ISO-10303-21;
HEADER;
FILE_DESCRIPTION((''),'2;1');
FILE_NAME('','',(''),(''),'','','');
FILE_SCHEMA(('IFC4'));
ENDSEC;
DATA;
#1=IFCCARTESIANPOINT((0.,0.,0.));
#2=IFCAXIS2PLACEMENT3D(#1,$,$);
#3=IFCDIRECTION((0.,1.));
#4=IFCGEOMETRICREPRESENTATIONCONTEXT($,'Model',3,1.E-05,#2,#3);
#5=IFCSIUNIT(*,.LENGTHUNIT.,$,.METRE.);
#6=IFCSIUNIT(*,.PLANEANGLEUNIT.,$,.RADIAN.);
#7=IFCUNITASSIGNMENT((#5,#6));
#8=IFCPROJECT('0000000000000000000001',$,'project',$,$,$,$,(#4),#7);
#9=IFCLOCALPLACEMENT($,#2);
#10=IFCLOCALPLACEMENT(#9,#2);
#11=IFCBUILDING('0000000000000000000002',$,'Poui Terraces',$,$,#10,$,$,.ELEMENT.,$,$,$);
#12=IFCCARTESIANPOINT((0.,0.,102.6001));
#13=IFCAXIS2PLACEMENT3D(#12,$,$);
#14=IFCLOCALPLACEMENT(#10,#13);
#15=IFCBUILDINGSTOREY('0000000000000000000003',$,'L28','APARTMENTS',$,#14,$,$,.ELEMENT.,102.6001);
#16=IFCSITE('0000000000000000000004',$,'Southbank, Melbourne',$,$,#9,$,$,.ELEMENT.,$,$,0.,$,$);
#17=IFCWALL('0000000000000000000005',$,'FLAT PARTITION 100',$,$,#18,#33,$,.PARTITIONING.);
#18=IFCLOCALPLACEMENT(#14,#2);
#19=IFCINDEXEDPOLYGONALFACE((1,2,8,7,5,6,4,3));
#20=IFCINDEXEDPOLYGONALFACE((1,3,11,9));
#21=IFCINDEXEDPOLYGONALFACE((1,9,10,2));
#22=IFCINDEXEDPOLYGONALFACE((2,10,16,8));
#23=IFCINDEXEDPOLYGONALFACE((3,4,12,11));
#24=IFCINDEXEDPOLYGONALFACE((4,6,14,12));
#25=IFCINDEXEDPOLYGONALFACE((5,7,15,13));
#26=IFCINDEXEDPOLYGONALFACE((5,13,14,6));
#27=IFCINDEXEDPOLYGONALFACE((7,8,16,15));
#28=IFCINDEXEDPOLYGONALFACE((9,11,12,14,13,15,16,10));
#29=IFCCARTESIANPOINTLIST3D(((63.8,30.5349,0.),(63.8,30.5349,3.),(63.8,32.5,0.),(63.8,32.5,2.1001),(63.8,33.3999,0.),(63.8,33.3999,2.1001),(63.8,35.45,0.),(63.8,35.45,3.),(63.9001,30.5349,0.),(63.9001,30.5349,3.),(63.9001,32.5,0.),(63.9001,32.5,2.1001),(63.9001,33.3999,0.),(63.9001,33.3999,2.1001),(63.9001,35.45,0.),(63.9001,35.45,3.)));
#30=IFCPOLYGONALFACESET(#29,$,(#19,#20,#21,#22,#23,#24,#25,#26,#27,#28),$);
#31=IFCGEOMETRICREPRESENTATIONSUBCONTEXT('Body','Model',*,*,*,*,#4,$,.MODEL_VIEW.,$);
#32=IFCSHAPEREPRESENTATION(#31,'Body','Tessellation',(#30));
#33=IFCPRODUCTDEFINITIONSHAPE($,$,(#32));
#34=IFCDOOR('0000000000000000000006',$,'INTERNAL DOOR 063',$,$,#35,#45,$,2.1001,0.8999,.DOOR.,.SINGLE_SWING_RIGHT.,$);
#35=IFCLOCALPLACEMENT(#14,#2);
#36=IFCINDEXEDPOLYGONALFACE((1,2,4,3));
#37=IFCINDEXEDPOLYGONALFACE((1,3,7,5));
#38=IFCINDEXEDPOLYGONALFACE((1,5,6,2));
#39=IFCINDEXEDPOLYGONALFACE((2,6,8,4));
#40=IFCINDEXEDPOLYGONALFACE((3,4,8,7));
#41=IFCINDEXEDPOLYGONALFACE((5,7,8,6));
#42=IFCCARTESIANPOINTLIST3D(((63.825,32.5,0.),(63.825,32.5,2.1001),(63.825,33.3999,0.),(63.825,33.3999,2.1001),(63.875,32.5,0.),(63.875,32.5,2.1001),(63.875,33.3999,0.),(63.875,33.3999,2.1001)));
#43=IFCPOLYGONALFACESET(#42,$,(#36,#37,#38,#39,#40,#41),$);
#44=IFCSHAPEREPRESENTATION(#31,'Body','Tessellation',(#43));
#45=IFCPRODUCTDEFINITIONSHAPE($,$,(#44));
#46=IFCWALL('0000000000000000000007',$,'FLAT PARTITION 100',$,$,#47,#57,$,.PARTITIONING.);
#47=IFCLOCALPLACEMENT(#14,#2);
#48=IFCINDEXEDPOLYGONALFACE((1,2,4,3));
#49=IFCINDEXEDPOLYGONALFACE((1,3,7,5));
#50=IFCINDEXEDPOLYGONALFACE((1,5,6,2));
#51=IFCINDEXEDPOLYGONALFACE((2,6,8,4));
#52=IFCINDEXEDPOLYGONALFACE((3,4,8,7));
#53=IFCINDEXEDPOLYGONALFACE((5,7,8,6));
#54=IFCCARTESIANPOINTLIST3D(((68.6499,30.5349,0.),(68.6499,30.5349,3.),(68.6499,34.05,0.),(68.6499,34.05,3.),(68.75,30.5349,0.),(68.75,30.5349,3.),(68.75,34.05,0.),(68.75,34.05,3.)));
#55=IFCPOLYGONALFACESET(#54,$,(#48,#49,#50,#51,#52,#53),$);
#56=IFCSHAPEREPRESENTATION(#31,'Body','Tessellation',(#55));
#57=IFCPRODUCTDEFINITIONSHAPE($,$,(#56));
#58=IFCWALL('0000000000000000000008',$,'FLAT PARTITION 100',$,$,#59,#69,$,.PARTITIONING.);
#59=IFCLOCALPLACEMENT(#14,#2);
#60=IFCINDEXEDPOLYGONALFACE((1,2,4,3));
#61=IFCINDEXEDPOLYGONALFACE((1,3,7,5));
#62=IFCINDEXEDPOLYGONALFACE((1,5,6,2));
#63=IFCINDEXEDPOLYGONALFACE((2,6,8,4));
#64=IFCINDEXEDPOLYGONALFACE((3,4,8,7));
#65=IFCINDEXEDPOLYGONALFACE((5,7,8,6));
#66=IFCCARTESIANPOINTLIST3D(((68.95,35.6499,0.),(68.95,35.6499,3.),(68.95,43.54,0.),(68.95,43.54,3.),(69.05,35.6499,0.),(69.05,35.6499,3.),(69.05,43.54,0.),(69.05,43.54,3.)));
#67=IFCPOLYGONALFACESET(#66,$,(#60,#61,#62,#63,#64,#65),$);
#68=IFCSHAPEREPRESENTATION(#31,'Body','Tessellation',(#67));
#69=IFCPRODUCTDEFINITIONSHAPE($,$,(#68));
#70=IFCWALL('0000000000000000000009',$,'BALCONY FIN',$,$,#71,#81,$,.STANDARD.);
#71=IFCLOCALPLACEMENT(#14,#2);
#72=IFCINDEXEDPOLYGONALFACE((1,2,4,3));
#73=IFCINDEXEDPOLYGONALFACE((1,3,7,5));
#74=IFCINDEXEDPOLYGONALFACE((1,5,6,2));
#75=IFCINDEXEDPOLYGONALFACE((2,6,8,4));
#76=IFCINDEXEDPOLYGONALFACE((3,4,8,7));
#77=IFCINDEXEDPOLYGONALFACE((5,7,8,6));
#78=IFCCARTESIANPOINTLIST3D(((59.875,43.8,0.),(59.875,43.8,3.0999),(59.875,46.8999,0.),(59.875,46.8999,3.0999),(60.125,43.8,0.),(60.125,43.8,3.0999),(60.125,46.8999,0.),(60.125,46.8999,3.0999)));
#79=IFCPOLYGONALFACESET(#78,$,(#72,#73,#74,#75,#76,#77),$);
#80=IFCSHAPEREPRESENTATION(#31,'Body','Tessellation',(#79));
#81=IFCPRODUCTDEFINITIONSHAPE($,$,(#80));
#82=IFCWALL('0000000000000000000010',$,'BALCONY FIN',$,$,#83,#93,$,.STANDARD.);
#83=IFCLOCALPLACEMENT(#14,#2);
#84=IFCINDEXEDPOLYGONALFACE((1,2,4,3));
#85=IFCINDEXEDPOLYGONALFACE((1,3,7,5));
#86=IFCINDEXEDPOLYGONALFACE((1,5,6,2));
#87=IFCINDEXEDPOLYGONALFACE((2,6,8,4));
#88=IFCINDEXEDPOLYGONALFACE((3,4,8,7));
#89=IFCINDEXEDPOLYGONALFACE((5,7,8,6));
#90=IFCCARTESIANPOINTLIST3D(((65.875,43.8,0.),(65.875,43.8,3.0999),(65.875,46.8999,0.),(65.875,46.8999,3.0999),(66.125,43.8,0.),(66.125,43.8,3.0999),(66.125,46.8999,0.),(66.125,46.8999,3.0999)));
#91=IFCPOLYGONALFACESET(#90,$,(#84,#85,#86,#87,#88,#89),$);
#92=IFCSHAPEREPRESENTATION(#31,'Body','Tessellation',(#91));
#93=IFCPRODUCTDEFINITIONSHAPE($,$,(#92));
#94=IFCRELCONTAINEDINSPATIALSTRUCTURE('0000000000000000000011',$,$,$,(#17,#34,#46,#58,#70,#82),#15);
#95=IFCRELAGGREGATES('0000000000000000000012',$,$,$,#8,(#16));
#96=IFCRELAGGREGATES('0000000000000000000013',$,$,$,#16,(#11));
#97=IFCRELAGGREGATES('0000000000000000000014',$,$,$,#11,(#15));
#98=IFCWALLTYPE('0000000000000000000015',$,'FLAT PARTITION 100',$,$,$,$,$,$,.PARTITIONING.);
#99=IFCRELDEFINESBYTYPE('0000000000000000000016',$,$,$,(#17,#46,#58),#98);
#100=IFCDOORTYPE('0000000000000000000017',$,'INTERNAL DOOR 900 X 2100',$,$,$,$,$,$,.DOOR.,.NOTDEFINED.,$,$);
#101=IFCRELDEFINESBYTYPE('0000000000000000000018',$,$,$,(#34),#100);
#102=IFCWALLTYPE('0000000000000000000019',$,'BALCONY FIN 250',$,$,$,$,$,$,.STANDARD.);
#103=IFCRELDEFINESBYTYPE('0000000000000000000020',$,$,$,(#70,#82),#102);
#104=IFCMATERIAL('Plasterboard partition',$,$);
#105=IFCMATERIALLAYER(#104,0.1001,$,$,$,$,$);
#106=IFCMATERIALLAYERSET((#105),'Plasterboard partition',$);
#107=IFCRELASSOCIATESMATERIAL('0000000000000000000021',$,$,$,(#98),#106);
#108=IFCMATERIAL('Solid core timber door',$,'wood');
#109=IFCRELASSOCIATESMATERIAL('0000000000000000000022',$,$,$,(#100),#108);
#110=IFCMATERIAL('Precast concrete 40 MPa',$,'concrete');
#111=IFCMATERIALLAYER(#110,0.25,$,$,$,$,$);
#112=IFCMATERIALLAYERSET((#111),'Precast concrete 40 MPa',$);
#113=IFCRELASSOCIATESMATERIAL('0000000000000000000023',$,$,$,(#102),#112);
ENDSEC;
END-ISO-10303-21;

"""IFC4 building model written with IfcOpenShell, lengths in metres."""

from ifc_helpers import new_model, si_unit, direction, frame, frame_2d, origin, place, context, subcontext, project, spatial, polyline, rectangle, outline, extrude, source, transform, mapped, material, layer, layer_set, type_object, element, fill, save


model = new_model("IFC4")

# Units and contexts
model_context = context("Model", 3, precision=1e-05, world=origin(), true_north=direction((0.0, 1.0)))
body_context = subcontext(model_context, "Body", "Model", "MODEL_VIEW")
ifc_project = project(units=[si_unit("LENGTHUNIT", "METRE"), si_unit("PLANEANGLEUNIT", "RADIAN")], contexts=[model_context])

# Site, building, storey
site_placement = place(None, origin())
site = spatial("IfcSite", under=ifc_project, at=site_placement, Name="Southbank, Melbourne", CompositionType="ELEMENT", RefElevation=0.0)
building_placement = place(site_placement, origin())
building = spatial("IfcBuilding", under=site, at=building_placement, Name="Poui Terraces", CompositionType="ELEMENT")
storey_placement = place(building_placement, frame((0.0, 0.0, 102.6001)))
storey = spatial("IfcBuildingStorey", under=building, at=storey_placement, Name="L28", Description="APARTMENTS", CompositionType="ELEMENT", Elevation=102.6001)

# Shared definitions
ifc_material_1 = material(Name="Plasterboard partition")
ifc_layer_1 = layer(ifc_material_1, 0.1001)
ifc_layer_set_1 = layer_set([ifc_layer_1], Name="Plasterboard partition")
wall_type_1 = type_object("IfcWallType", Name="FLAT PARTITION 100", PredefinedType="PARTITIONING", material=ifc_layer_set_1)
ifc_material_2 = material(Name="Solid core timber door", Category="wood")

# Shared definitions
door_type_1 = type_object("IfcDoorType", Name="INTERNAL DOOR 900 X 2100", OperationType="NOTDEFINED", PredefinedType="DOOR", material=ifc_material_2)

# Wall, opening, door
wall_1_placement = place(storey_placement, frame((63.8501, 30.5349, 0.0), z_axis=(0.0, 0.0, 1.0), x_axis=(0.0, 1.0, 0.0)))
wall_1 = element("IfcWall", 1, at=wall_1_placement, inside=storey, type_object=wall_type_1, Name="FLAT PARTITION 100", PredefinedType="PARTITIONING", context=body_context, shape_type="SweptSolid", body=[
    extrude(rectangle(XDim=4.915, YDim=0.1001, at=frame_2d((2.4575, 0.0))), origin(), (0.0, 0.0, 1.0), 3.0),
])
opening_1_placement = place(wall_1_placement, frame((1.9651, 0.0, 0.0)))
opening_1 = element("IfcOpeningElement", 2, at=opening_1_placement, cuts=wall_1, PredefinedType="OPENING", context=body_context, shape_type="SweptSolid", body=[
    extrude(rectangle(XDim=0.8999, YDim=2.1001, at=frame_2d((0.45, 1.05))), frame((0.0, 0.0601, 0.0), z_axis=(0.0, -1.0, 0.0), x_axis=(1.0, 0.0, 0.0)), (0.0, 0.0, 1.0), 0.1201),
])
door_1_placement = place(opening_1_placement, frame((0.8999, 0.0, 0.0), z_axis=(0.0, 0.0, 1.0), x_axis=(-1.0, 0.0, 0.0)))
door_1 = element("IfcDoor", 3, at=door_1_placement, inside=storey, type_object=door_type_1, Name="INTERNAL DOOR 063", OperationType="SINGLE_SWING_RIGHT", OverallHeight=2.1001, OverallWidth=0.8999, PredefinedType="DOOR", context=body_context, shape_type="SweptSolid", body=[
    extrude(rectangle(XDim=0.8999, YDim=2.1001, at=frame_2d((0.45, 1.05))), frame((0.0, 0.0249, 0.0), z_axis=(0.0, -1.0, 0.0), x_axis=(1.0, 0.0, 0.0)), (0.0, 0.0, 1.0), 0.05),
])
fill(opening_1, door_1)

# Walls
wall_2_placement = place(storey_placement, frame((68.7, 30.5349, 0.0), z_axis=(0.0, 0.0, 1.0), x_axis=(0.0, 1.0, 0.0)))
element("IfcWall", 4, at=wall_2_placement, inside=storey, type_object=wall_type_1, Name="FLAT PARTITION 100", PredefinedType="PARTITIONING", context=body_context, shape_type="SweptSolid", body=[
    extrude(rectangle(XDim=3.5151, YDim=0.1001, at=frame_2d((1.7576, 0.0))), origin(), (0.0, 0.0, 1.0), 3.0),
])
wall_3_placement = place(storey_placement, frame((69.0, 35.6499, 0.0), z_axis=(0.0, 0.0, 1.0), x_axis=(0.0, 1.0, 0.0)))
element("IfcWall", 5, at=wall_3_placement, inside=storey, type_object=wall_type_1, Name="FLAT PARTITION 100", PredefinedType="PARTITIONING", context=body_context, shape_type="SweptSolid", body=[
    extrude(rectangle(XDim=7.8901, YDim=0.1001, at=frame_2d((3.9451, 0.0))), origin(), (0.0, 0.0, 1.0), 3.0),
])
ifc_material_3 = material(Name="Precast concrete 40 MPa", Category="concrete")
ifc_layer_2 = layer(ifc_material_3, 0.25)
ifc_layer_set_2 = layer_set([ifc_layer_2], Name="Precast concrete 40 MPa")
wall_type_2 = type_object("IfcWallType", Name="BALCONY FIN 250", PredefinedType="STANDARD", material=ifc_layer_set_2)
shared_shape_1 = source(origin(), body_context, "Body", "SweptSolid", [
    extrude(outline(polyline([(0.0, 0.0), (0.25, 0.0), (0.25, 3.0999), (0.0, 3.0999), (0.0, 0.0)])), origin(), (0.0, 0.0, 1.0), 3.0999),
])
for number, where, name in (
    (6, (59.875, 43.8, 0.0), "BALCONY FIN"),
    (7, (65.875, 43.8, 0.0), "BALCONY FIN"),
):
    element("IfcWall", number, at=place(storey_placement, frame(where)), inside=storey, type_object=wall_type_2, Name=name, PredefinedType="STANDARD", context=body_context, shape_type="MappedRepresentation", body=[
        mapped(shared_shape_1, transform((0.0, 0.0, 0.0))),
    ])

save(model, "model.ifc")
